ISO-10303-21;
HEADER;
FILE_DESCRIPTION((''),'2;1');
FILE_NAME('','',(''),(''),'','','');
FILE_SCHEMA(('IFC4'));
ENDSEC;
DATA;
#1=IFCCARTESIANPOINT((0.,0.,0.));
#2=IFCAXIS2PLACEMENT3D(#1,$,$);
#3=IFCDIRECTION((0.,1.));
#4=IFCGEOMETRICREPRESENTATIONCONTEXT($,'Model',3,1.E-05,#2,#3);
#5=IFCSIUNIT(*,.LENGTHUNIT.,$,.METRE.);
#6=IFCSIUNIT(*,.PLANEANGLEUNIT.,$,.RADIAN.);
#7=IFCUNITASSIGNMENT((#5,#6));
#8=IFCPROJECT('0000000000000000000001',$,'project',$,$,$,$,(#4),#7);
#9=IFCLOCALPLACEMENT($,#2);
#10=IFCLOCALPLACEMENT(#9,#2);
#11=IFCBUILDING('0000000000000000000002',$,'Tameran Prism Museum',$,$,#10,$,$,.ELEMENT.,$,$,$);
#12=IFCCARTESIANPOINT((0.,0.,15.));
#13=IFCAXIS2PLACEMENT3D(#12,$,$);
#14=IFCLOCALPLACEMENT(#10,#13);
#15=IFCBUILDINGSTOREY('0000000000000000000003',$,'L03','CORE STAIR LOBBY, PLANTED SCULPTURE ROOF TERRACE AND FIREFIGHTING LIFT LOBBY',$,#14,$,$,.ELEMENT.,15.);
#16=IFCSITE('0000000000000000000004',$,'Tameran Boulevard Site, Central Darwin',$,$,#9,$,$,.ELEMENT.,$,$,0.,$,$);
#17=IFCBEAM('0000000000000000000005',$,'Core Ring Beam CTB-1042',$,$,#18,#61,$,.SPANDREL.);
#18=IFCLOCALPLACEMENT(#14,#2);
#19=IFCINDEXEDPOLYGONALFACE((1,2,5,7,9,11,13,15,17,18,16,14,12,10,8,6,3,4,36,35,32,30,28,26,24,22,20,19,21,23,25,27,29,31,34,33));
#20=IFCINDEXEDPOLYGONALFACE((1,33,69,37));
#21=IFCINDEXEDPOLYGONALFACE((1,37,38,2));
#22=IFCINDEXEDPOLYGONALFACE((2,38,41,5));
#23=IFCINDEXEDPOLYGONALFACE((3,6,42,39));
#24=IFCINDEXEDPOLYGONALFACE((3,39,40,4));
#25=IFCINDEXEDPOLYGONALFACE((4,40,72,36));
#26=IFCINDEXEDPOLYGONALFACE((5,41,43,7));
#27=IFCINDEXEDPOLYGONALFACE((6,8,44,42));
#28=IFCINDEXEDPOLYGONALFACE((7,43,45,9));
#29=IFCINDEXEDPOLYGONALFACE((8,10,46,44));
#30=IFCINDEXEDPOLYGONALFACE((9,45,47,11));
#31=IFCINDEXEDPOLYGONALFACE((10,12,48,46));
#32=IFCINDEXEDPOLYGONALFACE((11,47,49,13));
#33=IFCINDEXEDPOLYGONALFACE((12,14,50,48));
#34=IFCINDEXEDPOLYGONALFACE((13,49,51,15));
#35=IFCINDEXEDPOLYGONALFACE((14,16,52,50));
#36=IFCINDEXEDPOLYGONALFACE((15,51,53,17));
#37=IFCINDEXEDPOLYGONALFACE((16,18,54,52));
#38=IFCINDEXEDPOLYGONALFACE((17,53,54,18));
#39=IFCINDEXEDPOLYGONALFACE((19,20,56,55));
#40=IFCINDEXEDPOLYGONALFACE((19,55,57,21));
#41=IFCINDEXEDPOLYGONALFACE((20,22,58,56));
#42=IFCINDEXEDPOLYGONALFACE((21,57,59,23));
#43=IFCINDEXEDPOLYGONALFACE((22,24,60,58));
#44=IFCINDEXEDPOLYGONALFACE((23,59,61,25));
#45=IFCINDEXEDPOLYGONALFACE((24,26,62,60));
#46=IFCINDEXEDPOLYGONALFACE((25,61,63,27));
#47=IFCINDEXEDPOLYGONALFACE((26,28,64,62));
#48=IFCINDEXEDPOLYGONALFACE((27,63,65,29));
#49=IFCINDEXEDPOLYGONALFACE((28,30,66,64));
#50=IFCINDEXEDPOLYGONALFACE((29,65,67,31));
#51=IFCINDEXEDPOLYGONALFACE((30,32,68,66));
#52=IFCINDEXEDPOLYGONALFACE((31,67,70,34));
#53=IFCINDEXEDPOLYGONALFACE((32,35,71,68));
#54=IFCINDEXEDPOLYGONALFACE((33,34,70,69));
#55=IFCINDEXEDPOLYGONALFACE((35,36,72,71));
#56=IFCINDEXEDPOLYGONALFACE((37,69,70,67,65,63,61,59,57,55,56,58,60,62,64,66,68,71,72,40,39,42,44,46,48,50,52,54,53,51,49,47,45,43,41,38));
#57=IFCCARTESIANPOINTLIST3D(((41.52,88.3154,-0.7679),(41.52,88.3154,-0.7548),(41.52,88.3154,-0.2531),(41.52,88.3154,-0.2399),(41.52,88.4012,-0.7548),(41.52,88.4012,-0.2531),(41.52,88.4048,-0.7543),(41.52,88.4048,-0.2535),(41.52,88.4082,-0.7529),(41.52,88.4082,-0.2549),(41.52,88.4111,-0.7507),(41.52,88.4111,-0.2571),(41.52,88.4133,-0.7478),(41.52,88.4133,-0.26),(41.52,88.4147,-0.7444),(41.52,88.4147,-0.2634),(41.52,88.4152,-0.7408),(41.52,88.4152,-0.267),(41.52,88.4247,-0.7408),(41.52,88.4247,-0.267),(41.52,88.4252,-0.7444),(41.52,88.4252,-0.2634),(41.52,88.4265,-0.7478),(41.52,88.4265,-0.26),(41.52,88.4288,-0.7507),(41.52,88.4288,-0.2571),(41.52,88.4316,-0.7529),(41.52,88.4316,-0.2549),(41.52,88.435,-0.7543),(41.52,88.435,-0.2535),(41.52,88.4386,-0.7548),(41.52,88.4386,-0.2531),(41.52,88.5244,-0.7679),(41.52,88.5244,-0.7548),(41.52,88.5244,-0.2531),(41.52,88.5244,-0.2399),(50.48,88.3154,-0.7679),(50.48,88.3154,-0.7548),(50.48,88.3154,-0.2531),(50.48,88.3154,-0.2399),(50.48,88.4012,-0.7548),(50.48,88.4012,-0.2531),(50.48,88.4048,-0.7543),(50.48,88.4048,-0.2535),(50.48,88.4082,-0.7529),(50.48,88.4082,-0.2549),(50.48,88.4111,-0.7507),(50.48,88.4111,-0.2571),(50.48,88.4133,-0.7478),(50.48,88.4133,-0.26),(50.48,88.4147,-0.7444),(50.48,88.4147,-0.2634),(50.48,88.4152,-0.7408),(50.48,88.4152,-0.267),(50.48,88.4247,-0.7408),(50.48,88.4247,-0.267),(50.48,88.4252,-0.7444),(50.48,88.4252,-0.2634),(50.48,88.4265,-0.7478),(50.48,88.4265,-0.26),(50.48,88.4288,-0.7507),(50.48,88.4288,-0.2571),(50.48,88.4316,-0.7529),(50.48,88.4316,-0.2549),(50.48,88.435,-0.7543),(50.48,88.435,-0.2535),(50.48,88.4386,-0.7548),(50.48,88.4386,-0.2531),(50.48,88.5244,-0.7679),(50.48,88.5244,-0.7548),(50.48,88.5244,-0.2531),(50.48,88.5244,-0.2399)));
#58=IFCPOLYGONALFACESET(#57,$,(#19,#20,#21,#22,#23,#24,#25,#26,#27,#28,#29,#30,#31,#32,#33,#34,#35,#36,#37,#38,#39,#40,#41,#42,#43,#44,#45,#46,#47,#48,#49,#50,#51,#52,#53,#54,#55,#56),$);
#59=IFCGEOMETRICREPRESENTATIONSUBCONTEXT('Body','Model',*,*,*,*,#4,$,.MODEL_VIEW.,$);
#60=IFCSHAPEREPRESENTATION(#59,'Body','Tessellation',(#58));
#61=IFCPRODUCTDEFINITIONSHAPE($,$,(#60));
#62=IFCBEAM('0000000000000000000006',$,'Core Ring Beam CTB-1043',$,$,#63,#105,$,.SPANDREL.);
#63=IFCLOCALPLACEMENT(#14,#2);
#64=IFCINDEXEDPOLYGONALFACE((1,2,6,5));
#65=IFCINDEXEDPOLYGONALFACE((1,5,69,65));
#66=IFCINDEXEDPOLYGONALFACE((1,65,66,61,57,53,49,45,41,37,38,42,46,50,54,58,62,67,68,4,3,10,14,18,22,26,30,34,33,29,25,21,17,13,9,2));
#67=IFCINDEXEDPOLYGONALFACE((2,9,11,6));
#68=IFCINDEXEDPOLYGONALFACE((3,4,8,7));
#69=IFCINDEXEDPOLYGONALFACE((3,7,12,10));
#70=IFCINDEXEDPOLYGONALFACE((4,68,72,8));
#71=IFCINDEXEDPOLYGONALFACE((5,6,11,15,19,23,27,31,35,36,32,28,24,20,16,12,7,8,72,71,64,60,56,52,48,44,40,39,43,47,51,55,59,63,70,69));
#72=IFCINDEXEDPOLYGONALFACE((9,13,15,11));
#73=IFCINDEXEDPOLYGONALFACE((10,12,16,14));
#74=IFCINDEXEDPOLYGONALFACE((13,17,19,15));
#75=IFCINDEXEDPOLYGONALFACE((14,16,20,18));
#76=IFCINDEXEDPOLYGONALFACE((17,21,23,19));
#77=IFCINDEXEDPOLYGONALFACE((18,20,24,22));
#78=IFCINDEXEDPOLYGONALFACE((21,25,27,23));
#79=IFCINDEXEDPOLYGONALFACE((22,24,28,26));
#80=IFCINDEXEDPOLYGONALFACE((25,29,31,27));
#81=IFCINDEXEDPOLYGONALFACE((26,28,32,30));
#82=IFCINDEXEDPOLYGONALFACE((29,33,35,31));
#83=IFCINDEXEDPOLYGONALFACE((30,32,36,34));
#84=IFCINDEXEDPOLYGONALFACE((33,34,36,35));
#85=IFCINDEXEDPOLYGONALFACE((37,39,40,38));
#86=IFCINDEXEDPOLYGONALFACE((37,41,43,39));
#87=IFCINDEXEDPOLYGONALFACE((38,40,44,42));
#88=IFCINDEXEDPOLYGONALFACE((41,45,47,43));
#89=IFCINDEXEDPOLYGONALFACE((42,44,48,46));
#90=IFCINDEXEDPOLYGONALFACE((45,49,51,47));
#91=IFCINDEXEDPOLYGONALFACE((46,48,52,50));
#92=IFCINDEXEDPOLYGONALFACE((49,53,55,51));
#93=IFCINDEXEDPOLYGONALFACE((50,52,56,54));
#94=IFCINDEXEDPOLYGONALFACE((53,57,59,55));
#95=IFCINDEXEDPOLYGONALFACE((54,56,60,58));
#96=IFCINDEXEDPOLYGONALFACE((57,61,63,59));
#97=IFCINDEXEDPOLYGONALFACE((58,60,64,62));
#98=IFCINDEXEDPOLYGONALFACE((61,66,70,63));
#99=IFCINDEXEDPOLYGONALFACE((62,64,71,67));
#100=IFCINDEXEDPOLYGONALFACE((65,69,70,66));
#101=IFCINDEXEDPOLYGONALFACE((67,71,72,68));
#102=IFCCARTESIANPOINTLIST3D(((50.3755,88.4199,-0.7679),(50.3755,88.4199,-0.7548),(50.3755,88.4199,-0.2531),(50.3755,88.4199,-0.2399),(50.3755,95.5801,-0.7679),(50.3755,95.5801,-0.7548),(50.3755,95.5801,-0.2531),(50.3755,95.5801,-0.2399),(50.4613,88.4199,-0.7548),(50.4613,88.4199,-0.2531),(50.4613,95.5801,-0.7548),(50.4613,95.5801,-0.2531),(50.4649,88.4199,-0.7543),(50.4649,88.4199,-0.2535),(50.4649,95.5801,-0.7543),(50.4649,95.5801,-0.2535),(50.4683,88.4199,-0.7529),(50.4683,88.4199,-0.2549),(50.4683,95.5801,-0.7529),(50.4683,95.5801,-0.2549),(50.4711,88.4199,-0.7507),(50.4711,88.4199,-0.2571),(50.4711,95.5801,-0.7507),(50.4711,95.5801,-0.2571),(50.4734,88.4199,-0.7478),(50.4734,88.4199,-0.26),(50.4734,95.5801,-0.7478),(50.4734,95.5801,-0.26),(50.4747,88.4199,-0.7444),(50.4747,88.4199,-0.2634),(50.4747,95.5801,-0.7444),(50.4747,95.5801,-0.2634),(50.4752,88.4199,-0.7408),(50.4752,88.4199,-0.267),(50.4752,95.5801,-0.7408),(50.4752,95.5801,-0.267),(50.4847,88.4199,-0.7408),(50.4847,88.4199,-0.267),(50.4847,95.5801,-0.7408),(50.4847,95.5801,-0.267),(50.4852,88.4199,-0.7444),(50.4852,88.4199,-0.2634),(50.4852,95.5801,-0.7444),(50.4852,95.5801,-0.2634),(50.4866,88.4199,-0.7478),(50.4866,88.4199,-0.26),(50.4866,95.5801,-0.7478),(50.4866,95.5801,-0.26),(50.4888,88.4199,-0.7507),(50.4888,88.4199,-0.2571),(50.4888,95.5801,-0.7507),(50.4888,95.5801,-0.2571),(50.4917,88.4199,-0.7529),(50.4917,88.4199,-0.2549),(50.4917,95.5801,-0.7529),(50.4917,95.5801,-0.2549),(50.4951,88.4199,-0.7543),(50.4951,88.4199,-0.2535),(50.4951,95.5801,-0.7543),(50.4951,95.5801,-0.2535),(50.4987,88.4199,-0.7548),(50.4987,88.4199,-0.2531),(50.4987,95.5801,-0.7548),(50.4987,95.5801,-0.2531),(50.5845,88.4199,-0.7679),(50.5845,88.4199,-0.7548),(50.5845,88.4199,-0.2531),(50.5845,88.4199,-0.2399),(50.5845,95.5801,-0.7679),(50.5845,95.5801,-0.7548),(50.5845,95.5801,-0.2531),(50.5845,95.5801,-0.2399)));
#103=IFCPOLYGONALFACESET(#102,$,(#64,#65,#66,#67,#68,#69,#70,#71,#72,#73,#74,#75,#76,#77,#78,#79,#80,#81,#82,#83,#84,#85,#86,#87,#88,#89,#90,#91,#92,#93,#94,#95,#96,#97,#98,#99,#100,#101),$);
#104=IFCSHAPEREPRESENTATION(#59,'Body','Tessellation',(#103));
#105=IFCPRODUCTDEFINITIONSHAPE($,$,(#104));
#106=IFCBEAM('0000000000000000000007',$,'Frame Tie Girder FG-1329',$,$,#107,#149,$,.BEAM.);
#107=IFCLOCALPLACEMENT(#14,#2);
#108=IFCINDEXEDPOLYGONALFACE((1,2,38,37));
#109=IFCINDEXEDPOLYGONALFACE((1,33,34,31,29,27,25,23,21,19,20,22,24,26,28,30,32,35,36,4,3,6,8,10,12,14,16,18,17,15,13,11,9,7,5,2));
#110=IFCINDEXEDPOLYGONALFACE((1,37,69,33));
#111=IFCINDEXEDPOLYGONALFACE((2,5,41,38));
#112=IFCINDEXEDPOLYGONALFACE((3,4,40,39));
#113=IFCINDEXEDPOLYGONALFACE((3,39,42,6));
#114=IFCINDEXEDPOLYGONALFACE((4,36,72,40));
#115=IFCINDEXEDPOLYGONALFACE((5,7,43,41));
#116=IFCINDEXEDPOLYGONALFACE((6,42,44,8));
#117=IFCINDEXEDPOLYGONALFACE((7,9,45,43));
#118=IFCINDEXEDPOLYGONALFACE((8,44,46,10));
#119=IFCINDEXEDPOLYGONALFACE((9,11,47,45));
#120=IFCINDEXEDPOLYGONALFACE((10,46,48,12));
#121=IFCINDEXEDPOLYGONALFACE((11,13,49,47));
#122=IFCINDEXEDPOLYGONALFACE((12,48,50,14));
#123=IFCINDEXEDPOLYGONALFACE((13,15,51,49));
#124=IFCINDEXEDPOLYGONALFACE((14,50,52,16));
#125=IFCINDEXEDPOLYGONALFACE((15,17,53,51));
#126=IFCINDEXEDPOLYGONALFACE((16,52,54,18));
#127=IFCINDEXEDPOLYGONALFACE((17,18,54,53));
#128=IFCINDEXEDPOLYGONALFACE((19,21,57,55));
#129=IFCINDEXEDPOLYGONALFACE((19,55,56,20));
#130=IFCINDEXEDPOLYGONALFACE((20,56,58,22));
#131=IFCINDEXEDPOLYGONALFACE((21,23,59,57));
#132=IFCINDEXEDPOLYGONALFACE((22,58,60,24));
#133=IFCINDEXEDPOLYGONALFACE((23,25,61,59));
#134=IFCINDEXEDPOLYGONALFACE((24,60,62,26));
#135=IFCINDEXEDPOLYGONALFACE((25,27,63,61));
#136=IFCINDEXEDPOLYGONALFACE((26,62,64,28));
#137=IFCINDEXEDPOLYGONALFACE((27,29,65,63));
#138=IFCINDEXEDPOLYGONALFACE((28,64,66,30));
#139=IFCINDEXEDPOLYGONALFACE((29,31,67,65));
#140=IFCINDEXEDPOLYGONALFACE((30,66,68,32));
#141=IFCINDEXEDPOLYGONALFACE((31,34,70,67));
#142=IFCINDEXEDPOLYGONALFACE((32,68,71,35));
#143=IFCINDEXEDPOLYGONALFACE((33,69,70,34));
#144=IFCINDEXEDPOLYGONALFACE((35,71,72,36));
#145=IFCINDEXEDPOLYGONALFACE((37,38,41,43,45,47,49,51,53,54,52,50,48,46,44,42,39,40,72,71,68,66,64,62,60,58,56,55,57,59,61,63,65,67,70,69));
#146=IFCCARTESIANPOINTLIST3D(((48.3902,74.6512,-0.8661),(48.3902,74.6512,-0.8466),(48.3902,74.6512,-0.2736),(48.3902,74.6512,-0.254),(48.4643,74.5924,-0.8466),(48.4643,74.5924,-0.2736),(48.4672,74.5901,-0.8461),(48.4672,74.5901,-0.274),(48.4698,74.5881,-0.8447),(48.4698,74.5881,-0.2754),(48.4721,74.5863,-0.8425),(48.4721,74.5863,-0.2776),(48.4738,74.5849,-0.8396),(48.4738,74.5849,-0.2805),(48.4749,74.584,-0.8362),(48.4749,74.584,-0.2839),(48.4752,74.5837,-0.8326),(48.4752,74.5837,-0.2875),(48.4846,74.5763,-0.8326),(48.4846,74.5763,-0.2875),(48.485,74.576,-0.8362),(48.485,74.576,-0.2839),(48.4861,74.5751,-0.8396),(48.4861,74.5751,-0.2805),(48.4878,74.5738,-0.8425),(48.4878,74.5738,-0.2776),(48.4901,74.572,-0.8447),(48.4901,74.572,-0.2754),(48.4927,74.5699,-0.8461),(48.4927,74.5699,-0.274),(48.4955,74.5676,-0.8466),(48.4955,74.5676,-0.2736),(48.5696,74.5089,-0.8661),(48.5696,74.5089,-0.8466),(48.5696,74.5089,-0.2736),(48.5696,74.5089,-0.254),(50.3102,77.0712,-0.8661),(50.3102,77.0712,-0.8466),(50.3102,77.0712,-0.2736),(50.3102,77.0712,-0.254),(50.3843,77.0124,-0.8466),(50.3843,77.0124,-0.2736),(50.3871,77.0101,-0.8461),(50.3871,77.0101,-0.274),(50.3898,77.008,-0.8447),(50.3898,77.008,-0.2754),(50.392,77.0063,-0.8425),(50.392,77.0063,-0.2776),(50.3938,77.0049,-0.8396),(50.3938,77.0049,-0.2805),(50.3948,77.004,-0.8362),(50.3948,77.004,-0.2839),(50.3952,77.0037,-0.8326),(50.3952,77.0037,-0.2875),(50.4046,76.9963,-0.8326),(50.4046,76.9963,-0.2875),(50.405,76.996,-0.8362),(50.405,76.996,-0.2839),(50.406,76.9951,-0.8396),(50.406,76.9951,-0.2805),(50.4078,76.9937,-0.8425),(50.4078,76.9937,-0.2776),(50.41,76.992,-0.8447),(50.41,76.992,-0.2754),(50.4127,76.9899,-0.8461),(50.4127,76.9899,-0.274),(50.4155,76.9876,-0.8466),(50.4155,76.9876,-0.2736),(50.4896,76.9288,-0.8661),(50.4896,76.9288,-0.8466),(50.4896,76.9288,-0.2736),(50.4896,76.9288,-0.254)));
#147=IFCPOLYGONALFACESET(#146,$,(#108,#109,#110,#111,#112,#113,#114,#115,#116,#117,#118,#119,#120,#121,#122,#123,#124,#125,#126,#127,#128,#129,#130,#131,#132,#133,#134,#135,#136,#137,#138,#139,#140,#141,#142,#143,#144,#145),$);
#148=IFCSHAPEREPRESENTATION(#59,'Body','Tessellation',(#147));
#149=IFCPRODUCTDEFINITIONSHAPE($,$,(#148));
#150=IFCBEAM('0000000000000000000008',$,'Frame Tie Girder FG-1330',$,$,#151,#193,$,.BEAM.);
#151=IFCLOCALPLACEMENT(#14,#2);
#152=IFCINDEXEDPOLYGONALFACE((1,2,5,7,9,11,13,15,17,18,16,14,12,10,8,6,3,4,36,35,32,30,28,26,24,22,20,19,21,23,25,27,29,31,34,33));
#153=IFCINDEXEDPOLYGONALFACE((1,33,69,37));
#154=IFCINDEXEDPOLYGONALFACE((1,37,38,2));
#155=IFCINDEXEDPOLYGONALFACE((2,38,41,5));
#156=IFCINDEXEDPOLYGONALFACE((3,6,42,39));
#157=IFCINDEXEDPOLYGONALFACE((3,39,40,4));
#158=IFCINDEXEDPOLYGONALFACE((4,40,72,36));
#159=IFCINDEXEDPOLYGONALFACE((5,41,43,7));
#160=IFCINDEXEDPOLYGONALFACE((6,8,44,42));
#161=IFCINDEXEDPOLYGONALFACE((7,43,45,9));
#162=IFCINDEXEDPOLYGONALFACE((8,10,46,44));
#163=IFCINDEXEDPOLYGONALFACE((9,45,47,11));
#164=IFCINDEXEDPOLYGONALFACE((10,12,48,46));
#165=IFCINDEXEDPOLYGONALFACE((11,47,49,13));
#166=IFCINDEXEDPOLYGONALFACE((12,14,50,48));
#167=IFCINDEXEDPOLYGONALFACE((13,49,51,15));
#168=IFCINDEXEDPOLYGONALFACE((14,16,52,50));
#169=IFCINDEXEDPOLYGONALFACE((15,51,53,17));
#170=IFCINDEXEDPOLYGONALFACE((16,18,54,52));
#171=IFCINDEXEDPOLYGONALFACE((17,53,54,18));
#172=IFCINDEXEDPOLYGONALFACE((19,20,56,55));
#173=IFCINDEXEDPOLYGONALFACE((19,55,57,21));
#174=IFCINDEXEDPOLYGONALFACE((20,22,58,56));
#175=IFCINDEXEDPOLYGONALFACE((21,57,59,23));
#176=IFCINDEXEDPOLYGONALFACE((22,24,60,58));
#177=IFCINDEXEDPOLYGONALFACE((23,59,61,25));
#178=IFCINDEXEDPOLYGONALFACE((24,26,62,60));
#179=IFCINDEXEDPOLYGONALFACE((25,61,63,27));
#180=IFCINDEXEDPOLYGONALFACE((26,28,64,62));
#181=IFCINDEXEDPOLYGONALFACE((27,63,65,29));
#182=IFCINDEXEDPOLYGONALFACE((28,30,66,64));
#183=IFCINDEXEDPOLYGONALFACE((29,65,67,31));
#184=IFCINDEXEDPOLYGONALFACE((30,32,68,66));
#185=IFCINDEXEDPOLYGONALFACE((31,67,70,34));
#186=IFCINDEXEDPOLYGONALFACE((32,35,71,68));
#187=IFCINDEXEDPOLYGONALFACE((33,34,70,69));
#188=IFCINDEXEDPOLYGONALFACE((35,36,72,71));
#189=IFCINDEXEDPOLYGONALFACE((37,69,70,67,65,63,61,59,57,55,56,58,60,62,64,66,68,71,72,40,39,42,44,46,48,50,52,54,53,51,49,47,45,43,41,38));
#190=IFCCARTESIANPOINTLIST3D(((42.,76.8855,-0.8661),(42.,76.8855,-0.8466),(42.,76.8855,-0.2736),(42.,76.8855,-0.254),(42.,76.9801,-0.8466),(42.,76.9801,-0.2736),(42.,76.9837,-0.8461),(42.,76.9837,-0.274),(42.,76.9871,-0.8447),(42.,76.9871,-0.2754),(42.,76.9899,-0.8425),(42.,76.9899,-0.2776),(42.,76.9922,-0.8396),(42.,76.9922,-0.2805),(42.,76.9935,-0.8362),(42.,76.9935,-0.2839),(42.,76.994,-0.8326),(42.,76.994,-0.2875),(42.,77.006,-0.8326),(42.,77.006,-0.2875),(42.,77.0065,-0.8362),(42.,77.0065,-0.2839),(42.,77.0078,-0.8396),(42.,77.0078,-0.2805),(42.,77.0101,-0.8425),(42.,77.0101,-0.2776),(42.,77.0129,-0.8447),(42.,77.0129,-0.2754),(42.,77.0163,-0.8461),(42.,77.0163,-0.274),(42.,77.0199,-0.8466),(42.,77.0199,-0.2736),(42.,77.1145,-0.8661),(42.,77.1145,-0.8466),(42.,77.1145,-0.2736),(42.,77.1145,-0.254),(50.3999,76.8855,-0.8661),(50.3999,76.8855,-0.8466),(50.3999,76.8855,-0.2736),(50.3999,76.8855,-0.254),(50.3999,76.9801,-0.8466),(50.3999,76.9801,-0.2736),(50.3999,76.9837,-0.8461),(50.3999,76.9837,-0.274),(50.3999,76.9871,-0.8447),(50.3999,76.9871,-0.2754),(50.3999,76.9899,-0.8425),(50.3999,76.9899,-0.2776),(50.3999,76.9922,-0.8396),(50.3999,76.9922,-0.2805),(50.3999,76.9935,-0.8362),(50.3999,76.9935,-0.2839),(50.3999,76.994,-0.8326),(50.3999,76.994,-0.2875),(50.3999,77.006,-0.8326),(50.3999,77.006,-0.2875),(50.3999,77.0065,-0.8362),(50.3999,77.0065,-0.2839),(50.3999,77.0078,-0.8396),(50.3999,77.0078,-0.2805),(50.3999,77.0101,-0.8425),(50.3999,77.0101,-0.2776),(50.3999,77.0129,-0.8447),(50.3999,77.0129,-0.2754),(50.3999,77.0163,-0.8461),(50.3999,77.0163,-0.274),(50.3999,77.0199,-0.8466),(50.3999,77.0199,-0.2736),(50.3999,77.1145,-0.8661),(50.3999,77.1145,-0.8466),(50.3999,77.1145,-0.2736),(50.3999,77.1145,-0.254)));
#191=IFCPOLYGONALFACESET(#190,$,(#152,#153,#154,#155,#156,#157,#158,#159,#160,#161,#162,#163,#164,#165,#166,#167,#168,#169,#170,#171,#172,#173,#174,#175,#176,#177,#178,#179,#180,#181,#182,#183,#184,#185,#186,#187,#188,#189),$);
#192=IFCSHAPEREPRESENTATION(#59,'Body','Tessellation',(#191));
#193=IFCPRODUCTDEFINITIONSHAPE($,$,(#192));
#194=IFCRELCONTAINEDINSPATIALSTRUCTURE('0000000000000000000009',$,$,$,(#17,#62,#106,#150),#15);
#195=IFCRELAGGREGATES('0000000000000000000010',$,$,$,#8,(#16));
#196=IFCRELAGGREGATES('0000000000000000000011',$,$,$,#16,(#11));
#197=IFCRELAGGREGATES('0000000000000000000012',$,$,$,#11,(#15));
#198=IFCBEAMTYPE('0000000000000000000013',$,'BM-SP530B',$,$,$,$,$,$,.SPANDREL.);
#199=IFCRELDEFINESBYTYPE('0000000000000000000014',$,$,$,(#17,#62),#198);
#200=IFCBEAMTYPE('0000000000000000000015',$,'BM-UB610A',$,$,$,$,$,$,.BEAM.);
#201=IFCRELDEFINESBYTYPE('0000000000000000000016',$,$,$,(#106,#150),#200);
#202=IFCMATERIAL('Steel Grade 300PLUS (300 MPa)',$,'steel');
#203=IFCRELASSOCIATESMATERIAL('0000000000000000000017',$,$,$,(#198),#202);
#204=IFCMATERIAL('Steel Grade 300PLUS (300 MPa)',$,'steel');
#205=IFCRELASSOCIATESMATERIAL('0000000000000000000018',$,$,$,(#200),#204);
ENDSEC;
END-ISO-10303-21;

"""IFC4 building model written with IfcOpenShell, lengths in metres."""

from ifc_helpers import new_model, si_unit, direction, frame, origin, origin_2d, place, context, subcontext, project, spatial, i_section, extrude, material, material_profile, profile_set, type_object, element, save


model = new_model("IFC4")

# Units and contexts
model_context = context("Model", 3, precision=1e-05, world=origin(), true_north=direction((0.0, 1.0)))
body_context = subcontext(model_context, "Body", "Model", "MODEL_VIEW")
ifc_project = project(units=[si_unit("LENGTHUNIT", "METRE"), si_unit("PLANEANGLEUNIT", "RADIAN")], contexts=[model_context])

# Site, building, storey
site_placement = place(None, origin())
site = spatial("IfcSite", under=ifc_project, at=site_placement, Name="Tameran Boulevard Site, Central Darwin", CompositionType="ELEMENT", RefElevation=0.0)
building_placement = place(site_placement, origin())
building = spatial("IfcBuilding", under=site, at=building_placement, Name="Tameran Prism Museum", CompositionType="ELEMENT")
storey_placement = place(building_placement, frame((0.0, 0.0, 15.0)))
storey = spatial("IfcBuildingStorey", under=building, at=storey_placement, Name="L03", Description="CORE STAIR LOBBY, PLANTED SCULPTURE ROOF TERRACE AND FIREFIGHTING LIFT LOBBY", CompositionType="ELEMENT", Elevation=15.0)

# Beams
ifc_material_1 = material(Name="Steel Grade 300PLUS (300 MPa)", Category="steel")
ifc_material_profile_1 = material_profile(ifc_material_1, i_section(OverallWidth=0.209, OverallDepth=0.5281, WebThickness=0.0095, FlangeThickness=0.0132, FilletRadius=0.0139, at=origin_2d()))
ifc_profile_set_1 = profile_set([ifc_material_profile_1])
beam_type_1 = type_object("IfcBeamType", Name="BM-SP530B", PredefinedType="SPANDREL", material=ifc_profile_set_1)
for number, where, z_axis, x_axis, name in (
    (1, (41.52, 88.4199, -0.5039), (1.0, 0.0, 0.0), (0.0, 1.0, 0.0), "Core Ring Beam CTB-1042"),
):
    element("IfcBeam", number, at=place(storey_placement, frame(where, z_axis=z_axis, x_axis=x_axis)), inside=storey, type_object=beam_type_1, Name=name, PredefinedType="SPANDREL", context=body_context, shape_type="SweptSolid", body=[
        extrude(i_section(OverallWidth=0.209, OverallDepth=0.5281, WebThickness=0.0095, FlangeThickness=0.0132, FilletRadius=0.0139, at=origin_2d()), origin(), (0.0, 0.0, 1.0), 8.96),
    ])
beam_1_placement = place(storey_placement, frame((50.48, 88.4199, -0.5039), z_axis=(0.0, 1.0, 0.0), x_axis=(-1.0, 0.0, 0.0)))
element("IfcBeam", 2, at=beam_1_placement, inside=storey, type_object=beam_type_1, Name="Core Ring Beam CTB-1043", PredefinedType="SPANDREL", context=body_context, shape_type="SweptSolid", body=[
    extrude(i_section(OverallWidth=0.209, OverallDepth=0.5281, WebThickness=0.0095, FlangeThickness=0.0132, FilletRadius=0.0139, at=origin_2d()), origin(), (0.0, 0.0, 1.0), 7.1602),
])
ifc_material_2 = material(Name="Steel Grade 300PLUS (300 MPa)", Category="steel")
ifc_material_profile_2 = material_profile(ifc_material_2, i_section(OverallWidth=0.229, OverallDepth=0.6121, WebThickness=0.012, FlangeThickness=0.0195, FilletRadius=0.0139, at=origin_2d()))
ifc_profile_set_2 = profile_set([ifc_material_profile_2])
beam_type_2 = type_object("IfcBeamType", Name="BM-UB610A", PredefinedType="BEAM", material=ifc_profile_set_2)
beam_2_placement = place(storey_placement, frame((50.3999, 77.0, -0.5601), z_axis=(-0.621529, -0.783392, 0.0), x_axis=(0.783392, -0.621529, 0.0)))
element("IfcBeam", 3, at=beam_2_placement, inside=storey, type_object=beam_type_2, Name="Frame Tie Girder FG-1329", PredefinedType="BEAM", context=body_context, shape_type="SweptSolid", body=[
    extrude(i_section(OverallWidth=0.229, OverallDepth=0.6121, WebThickness=0.012, FlangeThickness=0.0195, FilletRadius=0.0139, at=origin_2d()), origin(), (0.0, 0.0, 1.0), 3.0891),
])
beam_3_placement = place(storey_placement, frame((50.3999, 77.0, -0.5601), z_axis=(-1.0, 0.0, 0.0), x_axis=(0.0, -1.0, 0.0)))
element("IfcBeam", 4, at=beam_3_placement, inside=storey, type_object=beam_type_2, Name="Frame Tie Girder FG-1330", PredefinedType="BEAM", context=body_context, shape_type="SweptSolid", body=[
    extrude(i_section(OverallWidth=0.229, OverallDepth=0.6121, WebThickness=0.012, FlangeThickness=0.0195, FilletRadius=0.0139, at=origin_2d()), origin(), (0.0, 0.0, 1.0), 8.3999),
])

save(model, "model.ifc")
